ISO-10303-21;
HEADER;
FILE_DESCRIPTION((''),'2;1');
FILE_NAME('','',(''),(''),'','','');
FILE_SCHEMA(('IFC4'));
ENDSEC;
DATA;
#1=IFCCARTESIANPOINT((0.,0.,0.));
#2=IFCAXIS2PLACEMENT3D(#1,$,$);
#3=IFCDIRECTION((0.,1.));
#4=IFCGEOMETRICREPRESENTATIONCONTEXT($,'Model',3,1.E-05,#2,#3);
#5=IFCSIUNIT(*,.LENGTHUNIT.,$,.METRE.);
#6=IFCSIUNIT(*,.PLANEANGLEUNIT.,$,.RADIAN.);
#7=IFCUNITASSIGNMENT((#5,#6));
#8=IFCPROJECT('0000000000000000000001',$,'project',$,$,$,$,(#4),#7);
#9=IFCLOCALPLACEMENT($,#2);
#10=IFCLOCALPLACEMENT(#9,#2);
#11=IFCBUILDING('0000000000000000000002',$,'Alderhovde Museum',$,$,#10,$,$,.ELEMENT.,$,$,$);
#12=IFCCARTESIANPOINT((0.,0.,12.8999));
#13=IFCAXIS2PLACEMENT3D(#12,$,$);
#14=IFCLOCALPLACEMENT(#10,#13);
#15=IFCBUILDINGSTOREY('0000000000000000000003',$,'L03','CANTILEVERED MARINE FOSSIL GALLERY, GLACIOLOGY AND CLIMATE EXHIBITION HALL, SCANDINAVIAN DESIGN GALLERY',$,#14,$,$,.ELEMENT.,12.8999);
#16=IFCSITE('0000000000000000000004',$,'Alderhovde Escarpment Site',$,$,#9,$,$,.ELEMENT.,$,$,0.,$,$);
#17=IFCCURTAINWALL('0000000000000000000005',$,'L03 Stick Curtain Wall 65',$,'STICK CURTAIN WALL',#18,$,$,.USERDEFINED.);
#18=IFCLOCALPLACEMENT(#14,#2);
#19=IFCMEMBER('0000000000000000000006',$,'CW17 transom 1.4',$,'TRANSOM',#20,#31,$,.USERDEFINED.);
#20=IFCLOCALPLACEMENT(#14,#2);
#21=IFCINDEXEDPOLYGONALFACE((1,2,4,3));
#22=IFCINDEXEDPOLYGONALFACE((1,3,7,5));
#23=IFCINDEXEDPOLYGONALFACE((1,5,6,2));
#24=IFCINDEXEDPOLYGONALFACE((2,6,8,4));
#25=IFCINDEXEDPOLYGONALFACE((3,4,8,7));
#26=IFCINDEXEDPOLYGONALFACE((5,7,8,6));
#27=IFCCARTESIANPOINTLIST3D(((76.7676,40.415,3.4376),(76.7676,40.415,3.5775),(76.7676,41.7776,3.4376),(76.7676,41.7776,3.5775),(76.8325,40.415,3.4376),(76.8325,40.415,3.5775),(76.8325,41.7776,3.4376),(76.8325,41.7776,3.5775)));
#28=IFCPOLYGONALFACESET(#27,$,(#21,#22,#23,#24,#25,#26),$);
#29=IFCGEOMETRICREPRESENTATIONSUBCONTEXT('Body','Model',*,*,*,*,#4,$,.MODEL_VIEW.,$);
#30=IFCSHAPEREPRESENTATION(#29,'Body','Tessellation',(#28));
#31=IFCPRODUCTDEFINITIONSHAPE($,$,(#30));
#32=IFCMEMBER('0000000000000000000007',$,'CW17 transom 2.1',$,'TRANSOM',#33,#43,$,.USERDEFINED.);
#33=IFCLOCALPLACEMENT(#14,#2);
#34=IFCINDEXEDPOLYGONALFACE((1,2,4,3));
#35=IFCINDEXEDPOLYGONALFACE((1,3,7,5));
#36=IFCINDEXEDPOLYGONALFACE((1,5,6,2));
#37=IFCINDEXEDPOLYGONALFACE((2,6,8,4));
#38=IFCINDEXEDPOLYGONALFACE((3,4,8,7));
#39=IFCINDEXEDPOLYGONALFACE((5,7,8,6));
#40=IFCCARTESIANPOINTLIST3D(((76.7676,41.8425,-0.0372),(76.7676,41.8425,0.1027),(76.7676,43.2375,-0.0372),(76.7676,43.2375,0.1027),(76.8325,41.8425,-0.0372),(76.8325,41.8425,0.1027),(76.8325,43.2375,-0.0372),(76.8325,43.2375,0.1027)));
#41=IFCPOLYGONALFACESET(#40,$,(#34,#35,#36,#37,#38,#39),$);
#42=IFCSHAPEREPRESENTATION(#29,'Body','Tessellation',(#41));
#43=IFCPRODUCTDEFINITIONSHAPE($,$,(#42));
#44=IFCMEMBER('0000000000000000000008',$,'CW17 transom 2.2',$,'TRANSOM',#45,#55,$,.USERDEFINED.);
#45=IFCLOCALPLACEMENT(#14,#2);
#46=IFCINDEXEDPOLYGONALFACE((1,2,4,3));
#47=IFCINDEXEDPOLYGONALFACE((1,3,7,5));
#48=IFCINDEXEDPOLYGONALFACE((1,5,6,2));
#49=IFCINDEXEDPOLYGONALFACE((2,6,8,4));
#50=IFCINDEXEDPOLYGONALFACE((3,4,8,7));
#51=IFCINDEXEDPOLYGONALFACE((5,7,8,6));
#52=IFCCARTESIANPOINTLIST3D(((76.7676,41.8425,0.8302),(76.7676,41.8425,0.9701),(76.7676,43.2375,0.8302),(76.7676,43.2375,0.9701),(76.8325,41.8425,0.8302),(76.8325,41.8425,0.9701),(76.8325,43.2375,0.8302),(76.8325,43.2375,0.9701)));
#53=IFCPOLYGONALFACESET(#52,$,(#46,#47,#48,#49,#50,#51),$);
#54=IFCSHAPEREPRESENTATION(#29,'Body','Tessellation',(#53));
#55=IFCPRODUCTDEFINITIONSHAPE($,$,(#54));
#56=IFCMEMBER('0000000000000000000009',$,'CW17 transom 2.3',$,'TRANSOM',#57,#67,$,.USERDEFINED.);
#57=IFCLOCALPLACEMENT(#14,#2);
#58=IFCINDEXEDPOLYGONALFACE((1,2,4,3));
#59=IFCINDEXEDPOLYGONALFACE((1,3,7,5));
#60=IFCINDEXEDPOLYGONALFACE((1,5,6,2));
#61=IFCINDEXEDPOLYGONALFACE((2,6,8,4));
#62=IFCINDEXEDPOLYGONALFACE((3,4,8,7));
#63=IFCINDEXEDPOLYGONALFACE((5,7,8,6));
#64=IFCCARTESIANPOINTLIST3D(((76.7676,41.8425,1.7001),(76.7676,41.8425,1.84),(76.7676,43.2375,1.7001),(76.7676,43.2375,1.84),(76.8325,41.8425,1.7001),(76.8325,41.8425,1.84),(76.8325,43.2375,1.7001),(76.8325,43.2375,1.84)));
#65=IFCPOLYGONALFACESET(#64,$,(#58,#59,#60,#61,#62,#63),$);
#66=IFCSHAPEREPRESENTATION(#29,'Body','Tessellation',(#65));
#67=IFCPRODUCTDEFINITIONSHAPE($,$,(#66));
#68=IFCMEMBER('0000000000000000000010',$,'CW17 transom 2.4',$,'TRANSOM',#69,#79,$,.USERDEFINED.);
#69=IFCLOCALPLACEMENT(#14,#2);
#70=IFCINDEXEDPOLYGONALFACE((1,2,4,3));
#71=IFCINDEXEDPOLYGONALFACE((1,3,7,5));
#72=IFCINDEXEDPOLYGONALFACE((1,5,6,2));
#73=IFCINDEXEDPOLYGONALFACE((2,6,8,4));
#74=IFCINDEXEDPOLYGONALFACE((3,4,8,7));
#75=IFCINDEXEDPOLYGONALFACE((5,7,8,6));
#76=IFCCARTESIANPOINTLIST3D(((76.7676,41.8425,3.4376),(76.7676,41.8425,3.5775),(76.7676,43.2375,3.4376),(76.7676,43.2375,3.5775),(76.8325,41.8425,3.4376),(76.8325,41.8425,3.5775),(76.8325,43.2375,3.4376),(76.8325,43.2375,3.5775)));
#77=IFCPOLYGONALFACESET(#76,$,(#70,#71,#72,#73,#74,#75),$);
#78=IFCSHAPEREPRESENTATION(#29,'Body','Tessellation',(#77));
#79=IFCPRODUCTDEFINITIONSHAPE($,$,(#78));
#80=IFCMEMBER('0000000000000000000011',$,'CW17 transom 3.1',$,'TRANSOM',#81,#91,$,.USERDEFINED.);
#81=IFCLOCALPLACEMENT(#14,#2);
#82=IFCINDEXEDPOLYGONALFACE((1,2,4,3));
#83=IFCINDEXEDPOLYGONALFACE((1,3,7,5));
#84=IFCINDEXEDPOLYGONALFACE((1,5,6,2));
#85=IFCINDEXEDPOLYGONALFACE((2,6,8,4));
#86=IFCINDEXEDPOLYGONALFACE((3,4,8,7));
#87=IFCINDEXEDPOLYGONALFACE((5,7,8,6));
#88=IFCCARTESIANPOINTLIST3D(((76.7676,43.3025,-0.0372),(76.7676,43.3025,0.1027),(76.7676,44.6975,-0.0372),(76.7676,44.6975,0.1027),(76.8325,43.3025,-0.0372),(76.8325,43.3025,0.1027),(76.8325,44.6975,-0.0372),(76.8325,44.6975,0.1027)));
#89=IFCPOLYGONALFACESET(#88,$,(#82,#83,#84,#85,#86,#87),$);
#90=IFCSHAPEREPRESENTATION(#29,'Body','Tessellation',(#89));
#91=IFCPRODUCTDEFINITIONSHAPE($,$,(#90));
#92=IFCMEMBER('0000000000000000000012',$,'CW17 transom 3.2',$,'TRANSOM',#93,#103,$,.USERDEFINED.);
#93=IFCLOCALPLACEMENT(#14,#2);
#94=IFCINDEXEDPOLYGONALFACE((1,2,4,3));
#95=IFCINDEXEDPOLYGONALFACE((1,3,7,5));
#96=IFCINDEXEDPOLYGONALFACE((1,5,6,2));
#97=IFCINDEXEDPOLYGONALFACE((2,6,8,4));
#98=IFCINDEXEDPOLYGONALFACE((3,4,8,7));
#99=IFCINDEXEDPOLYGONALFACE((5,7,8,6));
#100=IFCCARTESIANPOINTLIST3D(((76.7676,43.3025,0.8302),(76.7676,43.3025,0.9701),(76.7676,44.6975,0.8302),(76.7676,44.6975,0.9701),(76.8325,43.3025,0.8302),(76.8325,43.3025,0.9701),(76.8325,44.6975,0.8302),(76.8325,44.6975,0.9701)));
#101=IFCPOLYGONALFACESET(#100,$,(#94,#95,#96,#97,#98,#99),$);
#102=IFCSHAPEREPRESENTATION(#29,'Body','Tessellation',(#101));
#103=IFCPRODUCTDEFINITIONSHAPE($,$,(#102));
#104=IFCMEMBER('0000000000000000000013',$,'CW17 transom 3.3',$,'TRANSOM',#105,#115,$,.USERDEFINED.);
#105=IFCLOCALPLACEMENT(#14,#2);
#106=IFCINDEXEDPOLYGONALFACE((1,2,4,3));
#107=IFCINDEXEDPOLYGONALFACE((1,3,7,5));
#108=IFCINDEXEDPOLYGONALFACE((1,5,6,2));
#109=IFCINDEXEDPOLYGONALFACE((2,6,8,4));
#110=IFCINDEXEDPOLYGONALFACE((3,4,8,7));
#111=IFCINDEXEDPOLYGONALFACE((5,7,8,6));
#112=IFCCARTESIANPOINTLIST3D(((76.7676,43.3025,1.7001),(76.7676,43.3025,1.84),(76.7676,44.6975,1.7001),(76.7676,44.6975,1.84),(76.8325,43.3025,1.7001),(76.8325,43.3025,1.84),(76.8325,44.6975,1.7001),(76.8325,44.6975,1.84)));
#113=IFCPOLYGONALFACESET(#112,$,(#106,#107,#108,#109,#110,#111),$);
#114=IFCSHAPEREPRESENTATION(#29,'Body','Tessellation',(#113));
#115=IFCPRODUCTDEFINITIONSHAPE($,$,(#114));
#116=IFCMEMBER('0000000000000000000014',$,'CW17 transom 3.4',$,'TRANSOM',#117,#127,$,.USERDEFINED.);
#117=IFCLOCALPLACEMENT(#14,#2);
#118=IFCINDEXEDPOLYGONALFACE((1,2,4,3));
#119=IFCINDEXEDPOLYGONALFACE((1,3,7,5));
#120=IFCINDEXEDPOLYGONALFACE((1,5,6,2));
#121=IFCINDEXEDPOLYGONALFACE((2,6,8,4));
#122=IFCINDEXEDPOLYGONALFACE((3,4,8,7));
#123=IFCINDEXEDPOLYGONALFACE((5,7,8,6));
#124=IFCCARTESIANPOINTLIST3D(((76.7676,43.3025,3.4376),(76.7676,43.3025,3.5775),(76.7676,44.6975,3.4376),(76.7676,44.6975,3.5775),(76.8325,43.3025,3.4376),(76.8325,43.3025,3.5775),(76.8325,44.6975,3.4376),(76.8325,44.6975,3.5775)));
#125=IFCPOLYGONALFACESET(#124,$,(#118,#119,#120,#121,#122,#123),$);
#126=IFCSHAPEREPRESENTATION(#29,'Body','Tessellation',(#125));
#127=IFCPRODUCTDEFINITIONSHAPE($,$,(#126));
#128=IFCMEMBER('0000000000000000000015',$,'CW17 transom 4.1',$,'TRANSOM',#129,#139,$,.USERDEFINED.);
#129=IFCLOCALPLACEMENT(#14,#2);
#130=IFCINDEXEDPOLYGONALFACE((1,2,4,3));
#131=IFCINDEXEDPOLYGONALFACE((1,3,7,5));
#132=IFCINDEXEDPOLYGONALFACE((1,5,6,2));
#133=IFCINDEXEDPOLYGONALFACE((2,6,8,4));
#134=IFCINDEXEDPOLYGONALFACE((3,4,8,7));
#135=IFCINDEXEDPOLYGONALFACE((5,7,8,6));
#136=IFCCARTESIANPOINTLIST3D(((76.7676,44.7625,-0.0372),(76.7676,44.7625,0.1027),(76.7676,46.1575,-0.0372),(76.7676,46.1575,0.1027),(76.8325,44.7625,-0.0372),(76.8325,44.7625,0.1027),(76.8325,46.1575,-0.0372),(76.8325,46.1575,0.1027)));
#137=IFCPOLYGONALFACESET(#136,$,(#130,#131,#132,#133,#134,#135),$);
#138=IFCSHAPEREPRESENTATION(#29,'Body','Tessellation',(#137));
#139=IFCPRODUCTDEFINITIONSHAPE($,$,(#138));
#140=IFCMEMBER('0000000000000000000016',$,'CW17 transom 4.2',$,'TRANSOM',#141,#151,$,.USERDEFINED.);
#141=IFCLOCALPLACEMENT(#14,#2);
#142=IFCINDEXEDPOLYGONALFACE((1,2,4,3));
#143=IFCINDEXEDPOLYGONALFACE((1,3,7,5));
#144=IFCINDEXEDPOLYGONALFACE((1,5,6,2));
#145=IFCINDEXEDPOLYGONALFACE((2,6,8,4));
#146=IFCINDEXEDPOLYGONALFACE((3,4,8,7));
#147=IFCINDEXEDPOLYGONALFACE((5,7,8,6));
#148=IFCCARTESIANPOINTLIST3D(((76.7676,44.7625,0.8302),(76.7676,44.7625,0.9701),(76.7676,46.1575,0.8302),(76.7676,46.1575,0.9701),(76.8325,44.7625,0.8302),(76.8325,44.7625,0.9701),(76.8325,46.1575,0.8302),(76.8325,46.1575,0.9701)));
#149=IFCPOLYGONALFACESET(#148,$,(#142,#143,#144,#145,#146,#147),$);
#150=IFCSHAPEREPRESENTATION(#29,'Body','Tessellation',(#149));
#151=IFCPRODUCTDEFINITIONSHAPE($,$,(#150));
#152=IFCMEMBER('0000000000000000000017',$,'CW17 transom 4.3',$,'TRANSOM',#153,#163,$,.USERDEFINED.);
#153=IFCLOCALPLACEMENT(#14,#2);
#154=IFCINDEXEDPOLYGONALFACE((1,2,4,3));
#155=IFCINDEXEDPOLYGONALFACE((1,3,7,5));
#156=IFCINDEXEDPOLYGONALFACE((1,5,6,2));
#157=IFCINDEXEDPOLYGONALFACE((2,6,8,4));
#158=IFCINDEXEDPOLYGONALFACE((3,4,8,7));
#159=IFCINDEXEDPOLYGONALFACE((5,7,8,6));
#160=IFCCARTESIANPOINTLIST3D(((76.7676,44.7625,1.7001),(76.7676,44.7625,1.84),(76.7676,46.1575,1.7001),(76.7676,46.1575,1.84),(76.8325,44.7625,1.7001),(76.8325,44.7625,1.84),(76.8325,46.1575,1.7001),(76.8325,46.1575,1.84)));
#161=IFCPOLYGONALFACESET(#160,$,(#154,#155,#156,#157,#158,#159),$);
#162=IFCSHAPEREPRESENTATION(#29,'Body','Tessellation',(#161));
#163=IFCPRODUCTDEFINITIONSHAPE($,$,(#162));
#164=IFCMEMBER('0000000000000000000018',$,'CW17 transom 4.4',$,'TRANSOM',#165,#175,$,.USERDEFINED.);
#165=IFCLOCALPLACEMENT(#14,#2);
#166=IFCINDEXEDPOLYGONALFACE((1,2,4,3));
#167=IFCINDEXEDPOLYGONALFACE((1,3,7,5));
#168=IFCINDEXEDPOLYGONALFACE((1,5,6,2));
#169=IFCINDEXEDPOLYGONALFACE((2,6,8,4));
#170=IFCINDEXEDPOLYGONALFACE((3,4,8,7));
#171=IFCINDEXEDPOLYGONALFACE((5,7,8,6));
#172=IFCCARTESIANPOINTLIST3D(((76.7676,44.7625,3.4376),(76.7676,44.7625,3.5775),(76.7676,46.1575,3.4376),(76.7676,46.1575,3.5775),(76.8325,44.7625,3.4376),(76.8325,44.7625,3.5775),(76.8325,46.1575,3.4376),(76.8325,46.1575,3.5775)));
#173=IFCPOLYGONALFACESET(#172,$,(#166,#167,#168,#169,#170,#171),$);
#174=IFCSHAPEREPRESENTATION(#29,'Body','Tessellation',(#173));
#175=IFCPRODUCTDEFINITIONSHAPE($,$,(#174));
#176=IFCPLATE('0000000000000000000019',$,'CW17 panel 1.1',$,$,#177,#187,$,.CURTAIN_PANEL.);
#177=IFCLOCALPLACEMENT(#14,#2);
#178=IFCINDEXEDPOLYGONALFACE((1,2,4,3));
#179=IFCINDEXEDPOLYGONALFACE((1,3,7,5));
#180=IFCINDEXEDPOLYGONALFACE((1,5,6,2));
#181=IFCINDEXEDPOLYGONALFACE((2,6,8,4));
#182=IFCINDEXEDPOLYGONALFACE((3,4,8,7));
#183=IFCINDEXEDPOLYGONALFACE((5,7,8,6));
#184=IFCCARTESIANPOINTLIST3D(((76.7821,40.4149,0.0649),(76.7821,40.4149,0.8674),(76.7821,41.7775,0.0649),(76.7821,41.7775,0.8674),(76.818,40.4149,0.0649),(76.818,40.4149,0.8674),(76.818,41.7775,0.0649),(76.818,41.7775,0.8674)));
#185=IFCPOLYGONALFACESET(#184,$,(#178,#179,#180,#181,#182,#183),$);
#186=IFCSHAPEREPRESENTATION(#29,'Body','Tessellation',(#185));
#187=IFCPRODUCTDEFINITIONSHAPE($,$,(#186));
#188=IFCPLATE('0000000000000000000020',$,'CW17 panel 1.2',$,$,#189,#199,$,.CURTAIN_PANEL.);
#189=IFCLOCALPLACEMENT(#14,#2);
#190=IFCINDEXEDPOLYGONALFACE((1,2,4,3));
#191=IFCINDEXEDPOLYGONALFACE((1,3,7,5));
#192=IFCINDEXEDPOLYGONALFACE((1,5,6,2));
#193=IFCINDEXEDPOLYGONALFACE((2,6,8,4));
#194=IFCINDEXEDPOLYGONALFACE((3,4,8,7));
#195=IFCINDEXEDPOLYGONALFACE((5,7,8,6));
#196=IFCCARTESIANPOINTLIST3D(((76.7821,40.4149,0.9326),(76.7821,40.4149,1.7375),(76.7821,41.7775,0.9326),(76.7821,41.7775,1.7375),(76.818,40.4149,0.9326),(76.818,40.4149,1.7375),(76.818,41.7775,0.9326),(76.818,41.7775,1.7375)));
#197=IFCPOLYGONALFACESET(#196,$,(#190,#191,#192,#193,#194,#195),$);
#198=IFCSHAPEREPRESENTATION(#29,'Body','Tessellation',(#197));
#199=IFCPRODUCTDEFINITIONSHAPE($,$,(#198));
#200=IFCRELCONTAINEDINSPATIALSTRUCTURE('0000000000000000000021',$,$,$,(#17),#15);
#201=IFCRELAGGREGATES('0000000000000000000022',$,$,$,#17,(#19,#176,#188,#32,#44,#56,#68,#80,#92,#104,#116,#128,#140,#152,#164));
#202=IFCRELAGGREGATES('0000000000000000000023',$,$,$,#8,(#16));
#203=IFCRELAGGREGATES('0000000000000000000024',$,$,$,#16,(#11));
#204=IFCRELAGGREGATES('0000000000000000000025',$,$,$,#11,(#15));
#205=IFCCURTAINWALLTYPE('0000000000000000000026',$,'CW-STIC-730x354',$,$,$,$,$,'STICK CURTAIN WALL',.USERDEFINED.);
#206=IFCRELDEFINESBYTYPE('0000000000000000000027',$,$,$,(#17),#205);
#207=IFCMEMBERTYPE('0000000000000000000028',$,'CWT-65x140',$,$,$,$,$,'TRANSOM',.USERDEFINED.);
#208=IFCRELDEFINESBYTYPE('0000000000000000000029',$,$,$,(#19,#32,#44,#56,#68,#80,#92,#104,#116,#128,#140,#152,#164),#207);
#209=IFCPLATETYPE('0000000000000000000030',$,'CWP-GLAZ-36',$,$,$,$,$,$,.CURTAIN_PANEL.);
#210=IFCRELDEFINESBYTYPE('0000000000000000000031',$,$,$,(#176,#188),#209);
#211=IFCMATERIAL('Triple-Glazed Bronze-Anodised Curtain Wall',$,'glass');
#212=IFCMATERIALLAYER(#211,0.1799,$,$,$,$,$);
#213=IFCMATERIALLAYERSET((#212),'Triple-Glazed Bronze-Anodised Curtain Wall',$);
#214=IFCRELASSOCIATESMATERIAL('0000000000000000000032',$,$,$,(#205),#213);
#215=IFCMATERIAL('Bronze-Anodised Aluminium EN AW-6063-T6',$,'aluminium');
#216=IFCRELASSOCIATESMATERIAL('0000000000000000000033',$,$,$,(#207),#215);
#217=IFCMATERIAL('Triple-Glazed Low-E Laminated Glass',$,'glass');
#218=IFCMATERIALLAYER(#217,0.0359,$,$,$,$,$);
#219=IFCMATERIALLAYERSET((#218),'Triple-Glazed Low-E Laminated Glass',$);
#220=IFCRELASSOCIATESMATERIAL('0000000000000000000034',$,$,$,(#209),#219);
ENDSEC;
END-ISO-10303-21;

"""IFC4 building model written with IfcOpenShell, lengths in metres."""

from ifc_helpers import new_model, si_unit, direction, frame, origin, origin_2d, place, context, subcontext, project, spatial, rectangle, extrude, material, layer, layer_set, material_profile, profile_set, type_object, element, aggregate, save


model = new_model("IFC4")

# Units and contexts
model_context = context("Model", 3, precision=1e-05, world=origin(), true_north=direction((0.0, 1.0)))
body_context = subcontext(model_context, "Body", "Model", "MODEL_VIEW")
ifc_project = project(units=[si_unit("LENGTHUNIT", "METRE"), si_unit("PLANEANGLEUNIT", "RADIAN")], contexts=[model_context])

# Site, building, storey
site_placement = place(None, origin())
site = spatial("IfcSite", under=ifc_project, at=site_placement, Name="Alderhovde Escarpment Site", CompositionType="ELEMENT", RefElevation=0.0)
building_placement = place(site_placement, origin())
building = spatial("IfcBuilding", under=site, at=building_placement, Name="Alderhovde Museum", CompositionType="ELEMENT")
storey_placement = place(building_placement, frame((0.0, 0.0, 12.8999)))
storey = spatial("IfcBuildingStorey", under=building, at=storey_placement, Name="L03", Description="CANTILEVERED MARINE FOSSIL GALLERY, GLACIOLOGY AND CLIMATE EXHIBITION HALL, SCANDINAVIAN DESIGN GALLERY", CompositionType="ELEMENT", Elevation=12.8999)

# Curtain wall, members, plates
ifc_material_1 = material(Name="Triple-Glazed Bronze-Anodised Curtain Wall", Category="glass")
ifc_layer_1 = layer(ifc_material_1, 0.1799)
ifc_layer_set_1 = layer_set([ifc_layer_1], Name="Triple-Glazed Bronze-Anodised Curtain Wall")
curtain_wall_type = type_object("IfcCurtainWallType", Name="CW-STIC-730x354", ElementType="STICK CURTAIN WALL", PredefinedType="USERDEFINED", material=ifc_layer_set_1)
curtain_wall_placement = place(storey_placement, origin())
curtain_wall = element("IfcCurtainWall", 1, at=curtain_wall_placement, inside=storey, type_object=curtain_wall_type, Name="L03 Stick Curtain Wall 65", ObjectType="STICK CURTAIN WALL", PredefinedType="USERDEFINED")
ifc_material_2 = material(Name="Bronze-Anodised Aluminium EN AW-6063-T6", Category="aluminium")
ifc_material_profile_1 = material_profile(ifc_material_2, rectangle(XDim=0.0649, YDim=0.1399, at=origin_2d()), Name="TRANSOM 65x140")
ifc_profile_set_1 = profile_set([ifc_material_profile_1], Name="Bronze-Anodised Aluminium EN AW-6063-T6")
member_type_1 = type_object("IfcMemberType", Name="CWT-65x140", ElementType="TRANSOM", PredefinedType="USERDEFINED", material=ifc_profile_set_1)
member_1_placement = place(storey_placement, frame((76.8, 40.415, 3.5076), z_axis=(0.0, 1.0, 0.0), x_axis=(-1.0, 0.0, 0.0)))
member_1 = element("IfcMember", 2, at=member_1_placement, type_object=member_type_1, Name="CW17 transom 1.4", ObjectType="TRANSOM", PredefinedType="USERDEFINED", context=body_context, shape_type="SweptSolid", body=[
    extrude(rectangle(XDim=0.0649, YDim=0.1399, at=origin_2d()), origin(), (0.0, 0.0, 1.0), 1.3625),
])
member_2_placement = place(storey_placement, frame((76.8, 41.8425, 0.0327), z_axis=(0.0, 1.0, 0.0), x_axis=(-1.0, 0.0, 0.0)))
member_2 = element("IfcMember", 3, at=member_2_placement, type_object=member_type_1, Name="CW17 transom 2.1", ObjectType="TRANSOM", PredefinedType="USERDEFINED", context=body_context, shape_type="SweptSolid", body=[
    extrude(rectangle(XDim=0.0649, YDim=0.1399, at=origin_2d()), origin(), (0.0, 0.0, 1.0), 1.395),
])
member_3_placement = place(storey_placement, frame((76.8, 41.8425, 0.9001), z_axis=(0.0, 1.0, 0.0), x_axis=(-1.0, 0.0, 0.0)))
member_3 = element("IfcMember", 4, at=member_3_placement, type_object=member_type_1, Name="CW17 transom 2.2", ObjectType="TRANSOM", PredefinedType="USERDEFINED", context=body_context, shape_type="SweptSolid", body=[
    extrude(rectangle(XDim=0.0649, YDim=0.1399, at=origin_2d()), origin(), (0.0, 0.0, 1.0), 1.395),
])
member_4_placement = place(storey_placement, frame((76.8, 41.8425, 1.77), z_axis=(0.0, 1.0, 0.0), x_axis=(-1.0, 0.0, 0.0)))
member_4 = element("IfcMember", 5, at=member_4_placement, type_object=member_type_1, Name="CW17 transom 2.3", ObjectType="TRANSOM", PredefinedType="USERDEFINED", context=body_context, shape_type="SweptSolid", body=[
    extrude(rectangle(XDim=0.0649, YDim=0.1399, at=origin_2d()), origin(), (0.0, 0.0, 1.0), 1.395),
])
member_5_placement = place(storey_placement, frame((76.8, 41.8425, 3.5076), z_axis=(0.0, 1.0, 0.0), x_axis=(-1.0, 0.0, 0.0)))
member_5 = element("IfcMember", 6, at=member_5_placement, type_object=member_type_1, Name="CW17 transom 2.4", ObjectType="TRANSOM", PredefinedType="USERDEFINED", context=body_context, shape_type="SweptSolid", body=[
    extrude(rectangle(XDim=0.0649, YDim=0.1399, at=origin_2d()), origin(), (0.0, 0.0, 1.0), 1.395),
])
member_6_placement = place(storey_placement, frame((76.8, 43.3025, 0.0327), z_axis=(0.0, 1.0, 0.0), x_axis=(-1.0, 0.0, 0.0)))
member_6 = element("IfcMember", 7, at=member_6_placement, type_object=member_type_1, Name="CW17 transom 3.1", ObjectType="TRANSOM", PredefinedType="USERDEFINED", context=body_context, shape_type="SweptSolid", body=[
    extrude(rectangle(XDim=0.0649, YDim=0.1399, at=origin_2d()), origin(), (0.0, 0.0, 1.0), 1.395),
])
member_7_placement = place(storey_placement, frame((76.8, 43.3025, 0.9001), z_axis=(0.0, 1.0, 0.0), x_axis=(-1.0, 0.0, 0.0)))
member_7 = element("IfcMember", 8, at=member_7_placement, type_object=member_type_1, Name="CW17 transom 3.2", ObjectType="TRANSOM", PredefinedType="USERDEFINED", context=body_context, shape_type="SweptSolid", body=[
    extrude(rectangle(XDim=0.0649, YDim=0.1399, at=origin_2d()), origin(), (0.0, 0.0, 1.0), 1.395),
])
member_8_placement = place(storey_placement, frame((76.8, 43.3025, 1.77), z_axis=(0.0, 1.0, 0.0), x_axis=(-1.0, 0.0, 0.0)))
member_8 = element("IfcMember", 9, at=member_8_placement, type_object=member_type_1, Name="CW17 transom 3.3", ObjectType="TRANSOM", PredefinedType="USERDEFINED", context=body_context, shape_type="SweptSolid", body=[
    extrude(rectangle(XDim=0.0649, YDim=0.1399, at=origin_2d()), origin(), (0.0, 0.0, 1.0), 1.395),
])
member_9_placement = place(storey_placement, frame((76.8, 43.3025, 3.5076), z_axis=(0.0, 1.0, 0.0), x_axis=(-1.0, 0.0, 0.0)))
member_9 = element("IfcMember", 10, at=member_9_placement, type_object=member_type_1, Name="CW17 transom 3.4", ObjectType="TRANSOM", PredefinedType="USERDEFINED", context=body_context, shape_type="SweptSolid", body=[
    extrude(rectangle(XDim=0.0649, YDim=0.1399, at=origin_2d()), origin(), (0.0, 0.0, 1.0), 1.395),
])
member_10_placement = place(storey_placement, frame((76.8, 44.7625, 0.0327), z_axis=(0.0, 1.0, 0.0), x_axis=(-1.0, 0.0, 0.0)))
member_10 = element("IfcMember", 11, at=member_10_placement, type_object=member_type_1, Name="CW17 transom 4.1", ObjectType="TRANSOM", PredefinedType="USERDEFINED", context=body_context, shape_type="SweptSolid", body=[
    extrude(rectangle(XDim=0.0649, YDim=0.1399, at=origin_2d()), origin(), (0.0, 0.0, 1.0), 1.395),
])
member_11_placement = place(storey_placement, frame((76.8, 44.7625, 0.9001), z_axis=(0.0, 1.0, 0.0), x_axis=(-1.0, 0.0, 0.0)))
member_11 = element("IfcMember", 12, at=member_11_placement, type_object=member_type_1, Name="CW17 transom 4.2", ObjectType="TRANSOM", PredefinedType="USERDEFINED", context=body_context, shape_type="SweptSolid", body=[
    extrude(rectangle(XDim=0.0649, YDim=0.1399, at=origin_2d()), origin(), (0.0, 0.0, 1.0), 1.395),
])
member_12_placement = place(storey_placement, frame((76.8, 44.7625, 1.77), z_axis=(0.0, 1.0, 0.0), x_axis=(-1.0, 0.0, 0.0)))
member_12 = element("IfcMember", 13, at=member_12_placement, type_object=member_type_1, Name="CW17 transom 4.3", ObjectType="TRANSOM", PredefinedType="USERDEFINED", context=body_context, shape_type="SweptSolid", body=[
    extrude(rectangle(XDim=0.0649, YDim=0.1399, at=origin_2d()), origin(), (0.0, 0.0, 1.0), 1.395),
])
member_13_placement = place(storey_placement, frame((76.8, 44.7625, 3.5076), z_axis=(0.0, 1.0, 0.0), x_axis=(-1.0, 0.0, 0.0)))
member_13 = element("IfcMember", 14, at=member_13_placement, type_object=member_type_1, Name="CW17 transom 4.4", ObjectType="TRANSOM", PredefinedType="USERDEFINED", context=body_context, shape_type="SweptSolid", body=[
    extrude(rectangle(XDim=0.0649, YDim=0.1399, at=origin_2d()), origin(), (0.0, 0.0, 1.0), 1.395),
])
ifc_material_3 = material(Name="Triple-Glazed Low-E Laminated Glass", Category="glass")
ifc_layer_2 = layer(ifc_material_3, 0.0359)
ifc_layer_set_2 = layer_set([ifc_layer_2], Name="Triple-Glazed Low-E Laminated Glass")
plate_type = type_object("IfcPlateType", Name="CWP-GLAZ-36", PredefinedType="CURTAIN_PANEL", material=ifc_layer_set_2)
plate_1_placement = place(storey_placement, frame((76.8, 41.0962, 0.0649), z_axis=(0.0, 0.0, 1.0), x_axis=(0.0, 1.0, 0.0)))
plate_1 = element("IfcPlate", 15, at=plate_1_placement, type_object=plate_type, Name="CW17 panel 1.1", PredefinedType="CURTAIN_PANEL", context=body_context, shape_type="SweptSolid", body=[
    extrude(rectangle(XDim=1.3625, YDim=0.0359, at=origin_2d()), origin(), (0.0, 0.0, 1.0), 0.8025),
])
plate_2_placement = place(storey_placement, frame((76.8, 41.0962, 0.9326), z_axis=(0.0, 0.0, 1.0), x_axis=(0.0, 1.0, 0.0)))
plate_2 = element("IfcPlate", 16, at=plate_2_placement, type_object=plate_type, Name="CW17 panel 1.2", PredefinedType="CURTAIN_PANEL", context=body_context, shape_type="SweptSolid", body=[
    extrude(rectangle(XDim=1.3625, YDim=0.0359, at=origin_2d()), origin(), (0.0, 0.0, 1.0), 0.8049),
])
aggregate(curtain_wall, [member_1, plate_1, plate_2, member_2, member_3, member_4, member_5, member_6, member_7, member_8, member_9, member_10, member_11, member_12, member_13])

save(model, "model.ifc")
